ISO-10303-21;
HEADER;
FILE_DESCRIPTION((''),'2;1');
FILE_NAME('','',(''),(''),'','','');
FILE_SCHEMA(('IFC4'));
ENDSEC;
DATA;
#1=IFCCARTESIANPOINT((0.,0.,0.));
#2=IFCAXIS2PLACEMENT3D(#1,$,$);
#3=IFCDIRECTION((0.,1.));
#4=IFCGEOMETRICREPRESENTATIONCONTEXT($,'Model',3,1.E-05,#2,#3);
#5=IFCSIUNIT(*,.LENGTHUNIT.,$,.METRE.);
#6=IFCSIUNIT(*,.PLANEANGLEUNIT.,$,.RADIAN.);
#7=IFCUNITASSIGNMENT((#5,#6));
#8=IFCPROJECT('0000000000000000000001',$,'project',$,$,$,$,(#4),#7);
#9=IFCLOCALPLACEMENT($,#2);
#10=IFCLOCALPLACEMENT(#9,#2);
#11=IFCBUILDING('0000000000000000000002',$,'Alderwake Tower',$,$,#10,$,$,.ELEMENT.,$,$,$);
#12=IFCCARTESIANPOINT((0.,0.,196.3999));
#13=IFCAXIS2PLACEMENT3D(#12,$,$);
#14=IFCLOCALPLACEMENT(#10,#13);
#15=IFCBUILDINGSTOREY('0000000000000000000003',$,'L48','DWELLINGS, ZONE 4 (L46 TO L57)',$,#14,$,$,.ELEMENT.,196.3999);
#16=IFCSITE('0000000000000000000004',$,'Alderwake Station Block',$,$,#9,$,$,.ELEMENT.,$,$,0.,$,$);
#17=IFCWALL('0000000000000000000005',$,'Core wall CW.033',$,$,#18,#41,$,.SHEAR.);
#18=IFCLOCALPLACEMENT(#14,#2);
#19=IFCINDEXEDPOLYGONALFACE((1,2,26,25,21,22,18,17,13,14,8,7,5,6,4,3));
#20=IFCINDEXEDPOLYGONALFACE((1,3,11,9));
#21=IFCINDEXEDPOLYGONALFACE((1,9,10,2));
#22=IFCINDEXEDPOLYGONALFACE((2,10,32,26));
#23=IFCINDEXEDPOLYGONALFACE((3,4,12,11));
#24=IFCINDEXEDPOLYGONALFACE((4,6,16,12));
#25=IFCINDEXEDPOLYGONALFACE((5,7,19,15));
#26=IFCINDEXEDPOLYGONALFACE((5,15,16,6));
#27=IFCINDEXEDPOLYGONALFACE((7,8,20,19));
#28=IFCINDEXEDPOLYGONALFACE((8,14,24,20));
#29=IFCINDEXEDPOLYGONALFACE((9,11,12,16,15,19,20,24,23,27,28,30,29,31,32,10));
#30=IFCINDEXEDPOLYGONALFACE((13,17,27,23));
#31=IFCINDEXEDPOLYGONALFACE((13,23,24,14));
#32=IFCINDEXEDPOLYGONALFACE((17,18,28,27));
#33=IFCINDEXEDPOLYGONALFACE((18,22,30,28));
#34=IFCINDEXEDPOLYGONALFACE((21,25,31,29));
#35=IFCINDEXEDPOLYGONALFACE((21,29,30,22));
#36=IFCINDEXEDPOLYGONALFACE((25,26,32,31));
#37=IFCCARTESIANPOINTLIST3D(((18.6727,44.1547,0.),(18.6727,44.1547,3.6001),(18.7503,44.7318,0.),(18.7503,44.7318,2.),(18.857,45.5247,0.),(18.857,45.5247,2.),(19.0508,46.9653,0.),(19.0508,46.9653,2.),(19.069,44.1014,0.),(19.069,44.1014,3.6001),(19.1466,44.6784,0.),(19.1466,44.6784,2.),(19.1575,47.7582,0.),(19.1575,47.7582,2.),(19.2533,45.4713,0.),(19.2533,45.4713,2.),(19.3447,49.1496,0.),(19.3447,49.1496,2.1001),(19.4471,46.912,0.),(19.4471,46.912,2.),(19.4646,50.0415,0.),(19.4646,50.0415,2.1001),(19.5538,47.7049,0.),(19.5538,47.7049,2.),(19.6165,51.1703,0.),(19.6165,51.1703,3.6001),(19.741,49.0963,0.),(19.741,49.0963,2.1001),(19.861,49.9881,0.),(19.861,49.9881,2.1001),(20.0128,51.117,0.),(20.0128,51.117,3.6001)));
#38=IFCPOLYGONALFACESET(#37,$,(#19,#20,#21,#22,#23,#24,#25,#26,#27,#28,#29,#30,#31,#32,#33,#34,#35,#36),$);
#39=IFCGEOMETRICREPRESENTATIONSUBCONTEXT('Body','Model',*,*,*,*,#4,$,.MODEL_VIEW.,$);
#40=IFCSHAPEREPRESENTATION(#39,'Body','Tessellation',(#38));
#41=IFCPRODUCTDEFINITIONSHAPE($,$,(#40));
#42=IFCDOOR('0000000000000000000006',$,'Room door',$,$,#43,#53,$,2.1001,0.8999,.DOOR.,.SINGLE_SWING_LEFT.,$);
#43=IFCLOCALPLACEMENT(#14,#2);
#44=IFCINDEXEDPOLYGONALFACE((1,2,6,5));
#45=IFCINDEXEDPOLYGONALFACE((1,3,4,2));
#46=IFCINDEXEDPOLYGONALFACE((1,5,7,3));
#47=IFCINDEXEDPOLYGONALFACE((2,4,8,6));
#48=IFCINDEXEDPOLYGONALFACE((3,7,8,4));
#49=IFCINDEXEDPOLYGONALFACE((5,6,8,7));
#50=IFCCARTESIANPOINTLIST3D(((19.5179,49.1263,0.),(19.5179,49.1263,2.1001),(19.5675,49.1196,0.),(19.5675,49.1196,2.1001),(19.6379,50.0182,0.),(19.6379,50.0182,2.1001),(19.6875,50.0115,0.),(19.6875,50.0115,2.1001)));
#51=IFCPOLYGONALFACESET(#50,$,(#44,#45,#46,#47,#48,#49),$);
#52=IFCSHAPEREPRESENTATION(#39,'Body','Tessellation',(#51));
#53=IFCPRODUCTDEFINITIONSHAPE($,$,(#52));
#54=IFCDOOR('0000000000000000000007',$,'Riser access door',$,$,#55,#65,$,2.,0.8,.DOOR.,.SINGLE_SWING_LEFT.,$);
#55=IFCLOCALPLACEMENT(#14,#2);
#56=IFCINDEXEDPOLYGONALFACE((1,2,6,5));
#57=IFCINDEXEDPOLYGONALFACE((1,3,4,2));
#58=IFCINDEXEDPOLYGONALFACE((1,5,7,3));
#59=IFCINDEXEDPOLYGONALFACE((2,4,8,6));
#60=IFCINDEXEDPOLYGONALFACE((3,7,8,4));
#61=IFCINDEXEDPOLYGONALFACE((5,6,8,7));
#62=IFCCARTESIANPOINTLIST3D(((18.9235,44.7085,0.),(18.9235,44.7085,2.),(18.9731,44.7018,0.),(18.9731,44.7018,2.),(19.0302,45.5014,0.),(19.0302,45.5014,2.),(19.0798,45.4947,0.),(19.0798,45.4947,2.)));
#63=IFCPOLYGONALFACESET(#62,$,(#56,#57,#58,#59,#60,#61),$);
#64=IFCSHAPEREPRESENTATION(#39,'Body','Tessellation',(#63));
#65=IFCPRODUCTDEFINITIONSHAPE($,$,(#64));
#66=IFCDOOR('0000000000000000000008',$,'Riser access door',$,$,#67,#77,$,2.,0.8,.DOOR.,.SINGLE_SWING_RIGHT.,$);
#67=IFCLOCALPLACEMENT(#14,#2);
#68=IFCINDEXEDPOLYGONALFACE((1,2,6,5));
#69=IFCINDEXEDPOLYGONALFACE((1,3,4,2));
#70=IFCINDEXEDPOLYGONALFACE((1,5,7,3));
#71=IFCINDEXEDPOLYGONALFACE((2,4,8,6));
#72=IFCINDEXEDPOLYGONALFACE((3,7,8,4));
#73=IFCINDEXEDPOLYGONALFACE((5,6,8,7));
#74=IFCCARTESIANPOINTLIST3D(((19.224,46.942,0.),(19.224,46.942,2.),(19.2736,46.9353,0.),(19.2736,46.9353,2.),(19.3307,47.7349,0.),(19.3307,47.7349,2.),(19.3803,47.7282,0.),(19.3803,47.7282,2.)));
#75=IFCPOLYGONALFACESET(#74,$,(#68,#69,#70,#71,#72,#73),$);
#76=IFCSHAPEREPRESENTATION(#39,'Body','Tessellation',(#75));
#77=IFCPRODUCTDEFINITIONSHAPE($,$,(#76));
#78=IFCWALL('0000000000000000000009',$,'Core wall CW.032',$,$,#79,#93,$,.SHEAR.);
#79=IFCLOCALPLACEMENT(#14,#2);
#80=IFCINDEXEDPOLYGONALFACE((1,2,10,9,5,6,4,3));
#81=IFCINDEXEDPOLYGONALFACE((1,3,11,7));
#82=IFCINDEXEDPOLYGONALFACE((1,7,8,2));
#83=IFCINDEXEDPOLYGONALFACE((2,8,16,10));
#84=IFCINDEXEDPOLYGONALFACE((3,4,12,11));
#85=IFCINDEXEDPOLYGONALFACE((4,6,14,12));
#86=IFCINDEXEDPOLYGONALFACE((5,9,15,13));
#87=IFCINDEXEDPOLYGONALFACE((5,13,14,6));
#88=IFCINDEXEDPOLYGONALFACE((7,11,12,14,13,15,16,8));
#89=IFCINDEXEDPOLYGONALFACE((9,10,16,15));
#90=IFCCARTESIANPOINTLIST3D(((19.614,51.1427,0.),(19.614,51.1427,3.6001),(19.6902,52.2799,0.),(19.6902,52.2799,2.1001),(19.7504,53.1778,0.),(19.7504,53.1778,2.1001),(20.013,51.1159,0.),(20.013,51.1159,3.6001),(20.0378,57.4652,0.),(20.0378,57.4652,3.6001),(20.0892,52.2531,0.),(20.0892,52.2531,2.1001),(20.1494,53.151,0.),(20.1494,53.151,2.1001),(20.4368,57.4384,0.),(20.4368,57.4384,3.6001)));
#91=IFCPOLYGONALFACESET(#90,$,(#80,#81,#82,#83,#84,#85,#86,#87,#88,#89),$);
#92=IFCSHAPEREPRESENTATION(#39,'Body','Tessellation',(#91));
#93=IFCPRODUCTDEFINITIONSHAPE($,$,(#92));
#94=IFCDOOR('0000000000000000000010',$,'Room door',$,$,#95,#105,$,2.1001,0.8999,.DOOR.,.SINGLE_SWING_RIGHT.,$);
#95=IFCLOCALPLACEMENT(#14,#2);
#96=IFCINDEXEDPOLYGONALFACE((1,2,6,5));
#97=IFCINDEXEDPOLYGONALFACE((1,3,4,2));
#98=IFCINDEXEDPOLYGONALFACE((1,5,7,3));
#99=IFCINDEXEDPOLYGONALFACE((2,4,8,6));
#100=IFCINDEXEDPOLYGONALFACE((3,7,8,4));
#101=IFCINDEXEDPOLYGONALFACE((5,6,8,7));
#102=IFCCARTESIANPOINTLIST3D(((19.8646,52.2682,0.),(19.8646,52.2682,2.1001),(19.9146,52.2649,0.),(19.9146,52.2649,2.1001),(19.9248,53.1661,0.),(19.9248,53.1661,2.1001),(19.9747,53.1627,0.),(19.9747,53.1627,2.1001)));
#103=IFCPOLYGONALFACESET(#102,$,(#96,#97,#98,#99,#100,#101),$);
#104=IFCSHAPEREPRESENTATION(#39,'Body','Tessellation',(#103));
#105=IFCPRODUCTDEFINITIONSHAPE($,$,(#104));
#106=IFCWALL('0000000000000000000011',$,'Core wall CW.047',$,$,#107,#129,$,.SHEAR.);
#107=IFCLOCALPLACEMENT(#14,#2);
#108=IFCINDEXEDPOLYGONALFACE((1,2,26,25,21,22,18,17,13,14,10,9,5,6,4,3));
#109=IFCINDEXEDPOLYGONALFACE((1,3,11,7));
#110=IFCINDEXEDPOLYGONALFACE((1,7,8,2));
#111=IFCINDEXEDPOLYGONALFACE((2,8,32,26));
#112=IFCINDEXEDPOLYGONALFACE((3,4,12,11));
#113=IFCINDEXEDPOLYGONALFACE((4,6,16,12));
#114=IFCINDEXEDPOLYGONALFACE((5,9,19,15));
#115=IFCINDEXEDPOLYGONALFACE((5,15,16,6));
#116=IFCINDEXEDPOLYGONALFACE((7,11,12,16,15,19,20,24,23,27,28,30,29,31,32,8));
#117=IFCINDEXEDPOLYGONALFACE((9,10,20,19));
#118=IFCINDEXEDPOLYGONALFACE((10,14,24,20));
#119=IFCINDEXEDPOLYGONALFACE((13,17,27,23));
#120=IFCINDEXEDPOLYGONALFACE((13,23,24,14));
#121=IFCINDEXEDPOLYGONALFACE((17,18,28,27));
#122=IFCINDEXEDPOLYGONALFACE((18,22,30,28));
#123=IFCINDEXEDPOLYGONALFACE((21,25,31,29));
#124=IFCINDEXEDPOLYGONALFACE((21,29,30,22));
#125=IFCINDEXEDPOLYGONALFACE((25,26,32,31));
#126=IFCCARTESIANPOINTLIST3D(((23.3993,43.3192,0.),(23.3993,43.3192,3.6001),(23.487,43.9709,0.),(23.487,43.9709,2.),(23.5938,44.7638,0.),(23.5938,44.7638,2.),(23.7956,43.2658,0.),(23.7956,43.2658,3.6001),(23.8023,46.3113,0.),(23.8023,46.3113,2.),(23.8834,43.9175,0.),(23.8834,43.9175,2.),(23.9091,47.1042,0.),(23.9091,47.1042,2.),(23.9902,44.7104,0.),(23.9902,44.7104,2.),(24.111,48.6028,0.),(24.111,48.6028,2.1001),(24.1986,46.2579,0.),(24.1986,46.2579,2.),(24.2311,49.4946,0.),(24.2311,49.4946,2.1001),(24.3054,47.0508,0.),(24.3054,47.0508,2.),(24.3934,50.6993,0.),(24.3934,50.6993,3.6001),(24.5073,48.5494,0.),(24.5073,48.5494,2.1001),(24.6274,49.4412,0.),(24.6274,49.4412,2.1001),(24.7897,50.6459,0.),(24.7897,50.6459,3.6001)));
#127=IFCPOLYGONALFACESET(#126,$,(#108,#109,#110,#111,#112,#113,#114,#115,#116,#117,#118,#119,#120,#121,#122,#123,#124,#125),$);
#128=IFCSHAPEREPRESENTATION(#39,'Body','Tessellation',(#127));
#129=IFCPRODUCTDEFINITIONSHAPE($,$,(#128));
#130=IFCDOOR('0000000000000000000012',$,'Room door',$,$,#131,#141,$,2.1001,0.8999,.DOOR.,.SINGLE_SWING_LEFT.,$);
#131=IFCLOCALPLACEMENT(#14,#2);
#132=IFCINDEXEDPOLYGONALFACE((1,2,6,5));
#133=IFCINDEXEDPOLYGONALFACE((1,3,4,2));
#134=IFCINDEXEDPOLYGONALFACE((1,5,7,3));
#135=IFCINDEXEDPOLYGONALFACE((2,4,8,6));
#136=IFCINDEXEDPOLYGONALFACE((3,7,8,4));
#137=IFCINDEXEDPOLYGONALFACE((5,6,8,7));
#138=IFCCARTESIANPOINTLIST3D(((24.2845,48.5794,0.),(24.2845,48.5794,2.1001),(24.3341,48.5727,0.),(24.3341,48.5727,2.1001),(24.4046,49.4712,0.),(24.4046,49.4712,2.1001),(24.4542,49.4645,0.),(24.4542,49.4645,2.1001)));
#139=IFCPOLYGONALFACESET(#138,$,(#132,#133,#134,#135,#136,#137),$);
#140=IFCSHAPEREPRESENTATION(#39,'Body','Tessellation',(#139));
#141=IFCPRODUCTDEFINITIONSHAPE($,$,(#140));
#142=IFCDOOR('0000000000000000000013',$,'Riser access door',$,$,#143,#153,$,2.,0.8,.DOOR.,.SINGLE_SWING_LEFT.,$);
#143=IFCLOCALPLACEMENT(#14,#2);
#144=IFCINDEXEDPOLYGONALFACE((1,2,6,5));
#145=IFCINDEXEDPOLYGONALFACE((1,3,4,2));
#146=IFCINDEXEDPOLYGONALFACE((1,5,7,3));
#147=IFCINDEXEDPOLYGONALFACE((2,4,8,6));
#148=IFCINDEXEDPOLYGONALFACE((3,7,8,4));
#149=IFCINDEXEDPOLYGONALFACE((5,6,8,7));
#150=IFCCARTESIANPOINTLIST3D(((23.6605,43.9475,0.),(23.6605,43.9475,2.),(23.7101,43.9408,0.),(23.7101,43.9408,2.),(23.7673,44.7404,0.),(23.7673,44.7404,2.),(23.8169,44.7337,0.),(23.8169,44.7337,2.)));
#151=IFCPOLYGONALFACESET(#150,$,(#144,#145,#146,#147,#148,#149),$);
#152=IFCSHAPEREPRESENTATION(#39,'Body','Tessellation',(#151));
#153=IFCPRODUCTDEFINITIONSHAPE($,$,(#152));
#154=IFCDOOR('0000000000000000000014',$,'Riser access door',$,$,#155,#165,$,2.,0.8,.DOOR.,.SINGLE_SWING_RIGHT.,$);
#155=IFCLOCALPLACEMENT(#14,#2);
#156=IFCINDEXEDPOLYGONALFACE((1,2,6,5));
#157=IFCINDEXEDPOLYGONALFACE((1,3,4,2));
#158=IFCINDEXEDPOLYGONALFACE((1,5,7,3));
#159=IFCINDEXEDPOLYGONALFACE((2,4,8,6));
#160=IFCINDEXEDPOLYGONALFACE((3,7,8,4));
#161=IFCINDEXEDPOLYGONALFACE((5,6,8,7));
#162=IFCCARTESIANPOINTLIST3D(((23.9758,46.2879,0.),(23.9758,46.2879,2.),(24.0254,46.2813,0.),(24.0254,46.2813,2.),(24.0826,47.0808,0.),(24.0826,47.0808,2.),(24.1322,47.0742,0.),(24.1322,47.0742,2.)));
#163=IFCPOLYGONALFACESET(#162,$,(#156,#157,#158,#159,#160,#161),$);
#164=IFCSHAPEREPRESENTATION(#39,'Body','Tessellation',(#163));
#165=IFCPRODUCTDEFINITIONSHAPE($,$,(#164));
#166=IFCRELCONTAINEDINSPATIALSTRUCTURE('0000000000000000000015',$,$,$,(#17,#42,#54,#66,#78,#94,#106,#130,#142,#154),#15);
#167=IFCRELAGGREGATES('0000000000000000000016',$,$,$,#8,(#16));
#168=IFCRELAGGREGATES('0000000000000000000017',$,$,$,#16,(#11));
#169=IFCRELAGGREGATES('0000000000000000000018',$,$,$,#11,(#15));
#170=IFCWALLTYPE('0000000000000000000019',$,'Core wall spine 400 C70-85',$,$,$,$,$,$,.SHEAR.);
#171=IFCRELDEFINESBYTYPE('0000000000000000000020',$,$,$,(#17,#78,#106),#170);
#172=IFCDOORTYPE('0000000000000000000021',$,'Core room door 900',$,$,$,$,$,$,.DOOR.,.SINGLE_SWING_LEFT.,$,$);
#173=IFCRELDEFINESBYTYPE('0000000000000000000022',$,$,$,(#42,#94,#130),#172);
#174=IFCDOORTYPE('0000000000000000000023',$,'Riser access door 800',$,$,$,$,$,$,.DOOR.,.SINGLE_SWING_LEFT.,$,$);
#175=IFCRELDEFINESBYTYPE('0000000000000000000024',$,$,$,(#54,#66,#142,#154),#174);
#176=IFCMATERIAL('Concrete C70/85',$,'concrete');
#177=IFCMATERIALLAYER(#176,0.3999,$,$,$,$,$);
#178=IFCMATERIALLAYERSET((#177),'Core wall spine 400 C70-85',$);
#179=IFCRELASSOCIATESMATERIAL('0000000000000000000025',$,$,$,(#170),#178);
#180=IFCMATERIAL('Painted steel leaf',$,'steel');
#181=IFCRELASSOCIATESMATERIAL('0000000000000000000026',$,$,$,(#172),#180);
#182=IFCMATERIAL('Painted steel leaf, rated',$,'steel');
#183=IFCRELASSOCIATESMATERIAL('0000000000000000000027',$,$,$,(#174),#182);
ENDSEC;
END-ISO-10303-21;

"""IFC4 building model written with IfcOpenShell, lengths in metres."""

from ifc_helpers import new_model, si_unit, direction, frame, frame_2d, origin, place, context, subcontext, project, spatial, rectangle, extrude, material, layer, layer_set, type_object, element, fill, save


model = new_model("IFC4")

# Units and contexts
model_context = context("Model", 3, precision=1e-05, world=origin(), true_north=direction((0.0, 1.0)))
body_context = subcontext(model_context, "Body", "Model", "MODEL_VIEW")
ifc_project = project(units=[si_unit("LENGTHUNIT", "METRE"), si_unit("PLANEANGLEUNIT", "RADIAN")], contexts=[model_context])

# Site, building, storey
site_placement = place(None, origin())
site = spatial("IfcSite", under=ifc_project, at=site_placement, Name="Alderwake Station Block", CompositionType="ELEMENT", RefElevation=0.0)
building_placement = place(site_placement, origin())
building = spatial("IfcBuilding", under=site, at=building_placement, Name="Alderwake Tower", CompositionType="ELEMENT")
storey_placement = place(building_placement, frame((0.0, 0.0, 196.3999)))
storey = spatial("IfcBuildingStorey", under=building, at=storey_placement, Name="L48", Description="DWELLINGS, ZONE 4 (L46 TO L57)", CompositionType="ELEMENT", Elevation=196.3999)

# Wall, openings, doors
ifc_material_1 = material(Name="Concrete C70/85", Category="concrete")
ifc_layer_1 = layer(ifc_material_1, 0.3999)
ifc_layer_set_1 = layer_set([ifc_layer_1], Name="Core wall spine 400 C70-85")
wall_type_1 = type_object("IfcWallType", Name="Core wall spine 400 C70-85", PredefinedType="SHEAR", material=ifc_layer_set_1)
wall_1_placement = place(storey_placement, frame((19.8147, 51.1438, 0.0), z_axis=(0.0, 0.0, 1.0), x_axis=(-0.133334, -0.991071, 0.0)))
wall_1 = element("IfcWall", 1, at=wall_1_placement, inside=storey, type_object=wall_type_1, Name="Core wall CW.033", PredefinedType="SHEAR", context=body_context, shape_type="SweptSolid", body=[
    extrude(rectangle(XDim=7.0789, YDim=0.3999, at=frame_2d((3.5396, 0.0))), origin(), (0.0, 0.0, 1.0), 3.6001),
])
opening_1_placement = place(wall_1_placement, frame((5.6968, 0.0, 0.0)))
opening_1 = element("IfcOpeningElement", 2, at=opening_1_placement, cuts=wall_1, PredefinedType="OPENING", context=body_context, shape_type="SweptSolid", body=[
    extrude(rectangle(XDim=0.8, YDim=2.0, at=frame_2d((0.3999, 1.0))), frame((0.0, 0.21, 0.0), z_axis=(0.0, -1.0, 0.0), x_axis=(1.0, 0.0, 0.0)), (0.0, 0.0, 1.0), 0.4199),
])
opening_2_placement = place(wall_1_placement, frame((3.4431, 0.0, 0.0)))
opening_2 = element("IfcOpeningElement", 3, at=opening_2_placement, cuts=wall_1, PredefinedType="OPENING", context=body_context, shape_type="SweptSolid", body=[
    extrude(rectangle(XDim=0.8, YDim=2.0, at=frame_2d((0.3999, 1.0))), frame((0.0, 0.21, 0.0), z_axis=(0.0, -1.0, 0.0), x_axis=(1.0, 0.0, 0.0)), (0.0, 0.0, 1.0), 0.4199),
])
opening_3_placement = place(wall_1_placement, frame((1.1392, 0.0, 0.0)))
opening_3 = element("IfcOpeningElement", 4, at=opening_3_placement, cuts=wall_1, PredefinedType="OPENING", context=body_context, shape_type="SweptSolid", body=[
    extrude(rectangle(XDim=0.8999, YDim=2.1001, at=frame_2d((0.45, 1.05))), frame((0.0, 0.21, 0.0), z_axis=(0.0, -1.0, 0.0), x_axis=(1.0, 0.0, 0.0)), (0.0, 0.0, 1.0), 0.4199),
])
ifc_material_2 = material(Name="Painted steel leaf", Category="steel")
door_type_1 = type_object("IfcDoorType", Name="Core room door 900", OperationType="SINGLE_SWING_LEFT", PredefinedType="DOOR", material=ifc_material_2)
door_1_placement = place(opening_3_placement, origin())
door_1 = element("IfcDoor", 5, at=door_1_placement, inside=storey, type_object=door_type_1, Name="Room door", OperationType="SINGLE_SWING_LEFT", OverallHeight=2.1001, OverallWidth=0.8999, PredefinedType="DOOR", context=body_context, shape_type="SweptSolid", body=[
    extrude(rectangle(XDim=0.8999, YDim=2.1001, at=frame_2d((0.45, 1.05))), frame((0.0, 0.0249, 0.0), z_axis=(0.0, -1.0, 0.0), x_axis=(1.0, 0.0, 0.0)), (0.0, 0.0, 1.0), 0.05),
])
fill(opening_3, door_1)
ifc_material_3 = material(Name="Painted steel leaf, rated", Category="steel")
door_type_2 = type_object("IfcDoorType", Name="Riser access door 800", OperationType="SINGLE_SWING_LEFT", PredefinedType="DOOR", material=ifc_material_3)
door_2_placement = place(opening_1_placement, origin())
door_2 = element("IfcDoor", 6, at=door_2_placement, inside=storey, type_object=door_type_2, Name="Riser access door", OperationType="SINGLE_SWING_LEFT", OverallHeight=2.0, OverallWidth=0.8, PredefinedType="DOOR", context=body_context, shape_type="SweptSolid", body=[
    extrude(rectangle(XDim=0.8, YDim=2.0, at=frame_2d((0.3999, 1.0))), frame((0.0, 0.0249, 0.0), z_axis=(0.0, -1.0, 0.0), x_axis=(1.0, 0.0, 0.0)), (0.0, 0.0, 1.0), 0.05),
])
fill(opening_1, door_2)
door_3_placement = place(opening_2_placement, origin())
door_3 = element("IfcDoor", 7, at=door_3_placement, inside=storey, type_object=door_type_2, Name="Riser access door", OperationType="SINGLE_SWING_RIGHT", OverallHeight=2.0, OverallWidth=0.8, PredefinedType="DOOR", context=body_context, shape_type="SweptSolid", body=[
    extrude(rectangle(XDim=0.8, YDim=2.0, at=frame_2d((0.3999, 1.0))), frame((0.0, 0.0249, 0.0), z_axis=(0.0, -1.0, 0.0), x_axis=(1.0, 0.0, 0.0)), (0.0, 0.0, 1.0), 0.05),
])
fill(opening_2, door_3)

# Wall, opening, door
wall_2_placement = place(storey_placement, frame((20.2373, 57.4519, 0.0), z_axis=(0.0, 0.0, 1.0), x_axis=(-0.066885, -0.997761, 0.0)))
wall_2 = element("IfcWall", 8, at=wall_2_placement, inside=storey, type_object=wall_type_1, Name="Core wall CW.032", PredefinedType="SHEAR", context=body_context, shape_type="SweptSolid", body=[
    extrude(rectangle(XDim=6.3367, YDim=0.3999, at=frame_2d((3.1685, 0.0))), origin(), (0.0, 0.0, 1.0), 3.6001),
])
opening_4_placement = place(wall_2_placement, frame((4.2971, 0.0, 0.0)))
opening_4 = element("IfcOpeningElement", 9, at=opening_4_placement, cuts=wall_2, PredefinedType="OPENING", context=body_context, shape_type="SweptSolid", body=[
    extrude(rectangle(XDim=0.8999, YDim=2.1001, at=frame_2d((0.45, 1.05))), frame((0.0, 0.21, 0.0), z_axis=(0.0, -1.0, 0.0), x_axis=(1.0, 0.0, 0.0)), (0.0, 0.0, 1.0), 0.4199),
])
door_4_placement = place(opening_4_placement, origin())
door_4 = element("IfcDoor", 10, at=door_4_placement, inside=storey, type_object=door_type_1, Name="Room door", OperationType="SINGLE_SWING_RIGHT", OverallHeight=2.1001, OverallWidth=0.8999, PredefinedType="DOOR", context=body_context, shape_type="SweptSolid", body=[
    extrude(rectangle(XDim=0.8999, YDim=2.1001, at=frame_2d((0.45, 1.05))), frame((0.0, 0.0249, 0.0), z_axis=(0.0, -1.0, 0.0), x_axis=(1.0, 0.0, 0.0)), (0.0, 0.0, 1.0), 0.05),
])
fill(opening_4, door_4)

# Wall, openings, doors
wall_3_placement = place(storey_placement, frame((23.5974, 43.2925, 0.0), z_axis=(0.0, 0.0, 1.0), x_axis=(0.133499, 0.991049, 0.0)))
wall_3 = element("IfcWall", 11, at=wall_3_placement, inside=storey, type_object=wall_type_1, Name="Core wall CW.047", PredefinedType="SHEAR", context=body_context, shape_type="SweptSolid", body=[
    extrude(rectangle(XDim=7.4468, YDim=0.3999, at=frame_2d((3.7234, 0.0))), origin(), (0.0, 0.0, 1.0), 3.6001),
])
opening_5_placement = place(wall_3_placement, frame((0.6577, 0.0, 0.0)))
opening_5 = element("IfcOpeningElement", 12, at=opening_5_placement, cuts=wall_3, PredefinedType="OPENING", context=body_context, shape_type="SweptSolid", body=[
    extrude(rectangle(XDim=0.8, YDim=2.0, at=frame_2d((0.3999, 1.0))), frame((0.0, 0.21, 0.0), z_axis=(0.0, -1.0, 0.0), x_axis=(1.0, 0.0, 0.0)), (0.0, 0.0, 1.0), 0.4199),
])
opening_6_placement = place(wall_3_placement, frame((3.0193, 0.0, 0.0)))
opening_6 = element("IfcOpeningElement", 13, at=opening_6_placement, cuts=wall_3, PredefinedType="OPENING", context=body_context, shape_type="SweptSolid", body=[
    extrude(rectangle(XDim=0.8, YDim=2.0, at=frame_2d((0.3999, 1.0))), frame((0.0, 0.21, 0.0), z_axis=(0.0, -1.0, 0.0), x_axis=(1.0, 0.0, 0.0)), (0.0, 0.0, 1.0), 0.4199),
])
opening_7_placement = place(wall_3_placement, frame((5.3313, 0.0, 0.0)))
opening_7 = element("IfcOpeningElement", 14, at=opening_7_placement, cuts=wall_3, PredefinedType="OPENING", context=body_context, shape_type="SweptSolid", body=[
    extrude(rectangle(XDim=0.8999, YDim=2.1001, at=frame_2d((0.45, 1.05))), frame((0.0, 0.21, 0.0), z_axis=(0.0, -1.0, 0.0), x_axis=(1.0, 0.0, 0.0)), (0.0, 0.0, 1.0), 0.4199),
])
door_5_placement = place(opening_7_placement, origin())
door_5 = element("IfcDoor", 15, at=door_5_placement, inside=storey, type_object=door_type_1, Name="Room door", OperationType="SINGLE_SWING_LEFT", OverallHeight=2.1001, OverallWidth=0.8999, PredefinedType="DOOR", context=body_context, shape_type="SweptSolid", body=[
    extrude(rectangle(XDim=0.8999, YDim=2.1001, at=frame_2d((0.45, 1.05))), frame((0.0, 0.0249, 0.0), z_axis=(0.0, -1.0, 0.0), x_axis=(1.0, 0.0, 0.0)), (0.0, 0.0, 1.0), 0.05),
])
fill(opening_7, door_5)
door_6_placement = place(opening_5_placement, origin())
door_6 = element("IfcDoor", 16, at=door_6_placement, inside=storey, type_object=door_type_2, Name="Riser access door", OperationType="SINGLE_SWING_LEFT", OverallHeight=2.0, OverallWidth=0.8, PredefinedType="DOOR", context=body_context, shape_type="SweptSolid", body=[
    extrude(rectangle(XDim=0.8, YDim=2.0, at=frame_2d((0.3999, 1.0))), frame((0.0, 0.0249, 0.0), z_axis=(0.0, -1.0, 0.0), x_axis=(1.0, 0.0, 0.0)), (0.0, 0.0, 1.0), 0.05),
])
fill(opening_5, door_6)
door_7_placement = place(opening_6_placement, origin())
door_7 = element("IfcDoor", 17, at=door_7_placement, inside=storey, type_object=door_type_2, Name="Riser access door", OperationType="SINGLE_SWING_RIGHT", OverallHeight=2.0, OverallWidth=0.8, PredefinedType="DOOR", context=body_context, shape_type="SweptSolid", body=[
    extrude(rectangle(XDim=0.8, YDim=2.0, at=frame_2d((0.3999, 1.0))), frame((0.0, 0.0249, 0.0), z_axis=(0.0, -1.0, 0.0), x_axis=(1.0, 0.0, 0.0)), (0.0, 0.0, 1.0), 0.05),
])
fill(opening_6, door_7)

save(model, "model.ifc")
